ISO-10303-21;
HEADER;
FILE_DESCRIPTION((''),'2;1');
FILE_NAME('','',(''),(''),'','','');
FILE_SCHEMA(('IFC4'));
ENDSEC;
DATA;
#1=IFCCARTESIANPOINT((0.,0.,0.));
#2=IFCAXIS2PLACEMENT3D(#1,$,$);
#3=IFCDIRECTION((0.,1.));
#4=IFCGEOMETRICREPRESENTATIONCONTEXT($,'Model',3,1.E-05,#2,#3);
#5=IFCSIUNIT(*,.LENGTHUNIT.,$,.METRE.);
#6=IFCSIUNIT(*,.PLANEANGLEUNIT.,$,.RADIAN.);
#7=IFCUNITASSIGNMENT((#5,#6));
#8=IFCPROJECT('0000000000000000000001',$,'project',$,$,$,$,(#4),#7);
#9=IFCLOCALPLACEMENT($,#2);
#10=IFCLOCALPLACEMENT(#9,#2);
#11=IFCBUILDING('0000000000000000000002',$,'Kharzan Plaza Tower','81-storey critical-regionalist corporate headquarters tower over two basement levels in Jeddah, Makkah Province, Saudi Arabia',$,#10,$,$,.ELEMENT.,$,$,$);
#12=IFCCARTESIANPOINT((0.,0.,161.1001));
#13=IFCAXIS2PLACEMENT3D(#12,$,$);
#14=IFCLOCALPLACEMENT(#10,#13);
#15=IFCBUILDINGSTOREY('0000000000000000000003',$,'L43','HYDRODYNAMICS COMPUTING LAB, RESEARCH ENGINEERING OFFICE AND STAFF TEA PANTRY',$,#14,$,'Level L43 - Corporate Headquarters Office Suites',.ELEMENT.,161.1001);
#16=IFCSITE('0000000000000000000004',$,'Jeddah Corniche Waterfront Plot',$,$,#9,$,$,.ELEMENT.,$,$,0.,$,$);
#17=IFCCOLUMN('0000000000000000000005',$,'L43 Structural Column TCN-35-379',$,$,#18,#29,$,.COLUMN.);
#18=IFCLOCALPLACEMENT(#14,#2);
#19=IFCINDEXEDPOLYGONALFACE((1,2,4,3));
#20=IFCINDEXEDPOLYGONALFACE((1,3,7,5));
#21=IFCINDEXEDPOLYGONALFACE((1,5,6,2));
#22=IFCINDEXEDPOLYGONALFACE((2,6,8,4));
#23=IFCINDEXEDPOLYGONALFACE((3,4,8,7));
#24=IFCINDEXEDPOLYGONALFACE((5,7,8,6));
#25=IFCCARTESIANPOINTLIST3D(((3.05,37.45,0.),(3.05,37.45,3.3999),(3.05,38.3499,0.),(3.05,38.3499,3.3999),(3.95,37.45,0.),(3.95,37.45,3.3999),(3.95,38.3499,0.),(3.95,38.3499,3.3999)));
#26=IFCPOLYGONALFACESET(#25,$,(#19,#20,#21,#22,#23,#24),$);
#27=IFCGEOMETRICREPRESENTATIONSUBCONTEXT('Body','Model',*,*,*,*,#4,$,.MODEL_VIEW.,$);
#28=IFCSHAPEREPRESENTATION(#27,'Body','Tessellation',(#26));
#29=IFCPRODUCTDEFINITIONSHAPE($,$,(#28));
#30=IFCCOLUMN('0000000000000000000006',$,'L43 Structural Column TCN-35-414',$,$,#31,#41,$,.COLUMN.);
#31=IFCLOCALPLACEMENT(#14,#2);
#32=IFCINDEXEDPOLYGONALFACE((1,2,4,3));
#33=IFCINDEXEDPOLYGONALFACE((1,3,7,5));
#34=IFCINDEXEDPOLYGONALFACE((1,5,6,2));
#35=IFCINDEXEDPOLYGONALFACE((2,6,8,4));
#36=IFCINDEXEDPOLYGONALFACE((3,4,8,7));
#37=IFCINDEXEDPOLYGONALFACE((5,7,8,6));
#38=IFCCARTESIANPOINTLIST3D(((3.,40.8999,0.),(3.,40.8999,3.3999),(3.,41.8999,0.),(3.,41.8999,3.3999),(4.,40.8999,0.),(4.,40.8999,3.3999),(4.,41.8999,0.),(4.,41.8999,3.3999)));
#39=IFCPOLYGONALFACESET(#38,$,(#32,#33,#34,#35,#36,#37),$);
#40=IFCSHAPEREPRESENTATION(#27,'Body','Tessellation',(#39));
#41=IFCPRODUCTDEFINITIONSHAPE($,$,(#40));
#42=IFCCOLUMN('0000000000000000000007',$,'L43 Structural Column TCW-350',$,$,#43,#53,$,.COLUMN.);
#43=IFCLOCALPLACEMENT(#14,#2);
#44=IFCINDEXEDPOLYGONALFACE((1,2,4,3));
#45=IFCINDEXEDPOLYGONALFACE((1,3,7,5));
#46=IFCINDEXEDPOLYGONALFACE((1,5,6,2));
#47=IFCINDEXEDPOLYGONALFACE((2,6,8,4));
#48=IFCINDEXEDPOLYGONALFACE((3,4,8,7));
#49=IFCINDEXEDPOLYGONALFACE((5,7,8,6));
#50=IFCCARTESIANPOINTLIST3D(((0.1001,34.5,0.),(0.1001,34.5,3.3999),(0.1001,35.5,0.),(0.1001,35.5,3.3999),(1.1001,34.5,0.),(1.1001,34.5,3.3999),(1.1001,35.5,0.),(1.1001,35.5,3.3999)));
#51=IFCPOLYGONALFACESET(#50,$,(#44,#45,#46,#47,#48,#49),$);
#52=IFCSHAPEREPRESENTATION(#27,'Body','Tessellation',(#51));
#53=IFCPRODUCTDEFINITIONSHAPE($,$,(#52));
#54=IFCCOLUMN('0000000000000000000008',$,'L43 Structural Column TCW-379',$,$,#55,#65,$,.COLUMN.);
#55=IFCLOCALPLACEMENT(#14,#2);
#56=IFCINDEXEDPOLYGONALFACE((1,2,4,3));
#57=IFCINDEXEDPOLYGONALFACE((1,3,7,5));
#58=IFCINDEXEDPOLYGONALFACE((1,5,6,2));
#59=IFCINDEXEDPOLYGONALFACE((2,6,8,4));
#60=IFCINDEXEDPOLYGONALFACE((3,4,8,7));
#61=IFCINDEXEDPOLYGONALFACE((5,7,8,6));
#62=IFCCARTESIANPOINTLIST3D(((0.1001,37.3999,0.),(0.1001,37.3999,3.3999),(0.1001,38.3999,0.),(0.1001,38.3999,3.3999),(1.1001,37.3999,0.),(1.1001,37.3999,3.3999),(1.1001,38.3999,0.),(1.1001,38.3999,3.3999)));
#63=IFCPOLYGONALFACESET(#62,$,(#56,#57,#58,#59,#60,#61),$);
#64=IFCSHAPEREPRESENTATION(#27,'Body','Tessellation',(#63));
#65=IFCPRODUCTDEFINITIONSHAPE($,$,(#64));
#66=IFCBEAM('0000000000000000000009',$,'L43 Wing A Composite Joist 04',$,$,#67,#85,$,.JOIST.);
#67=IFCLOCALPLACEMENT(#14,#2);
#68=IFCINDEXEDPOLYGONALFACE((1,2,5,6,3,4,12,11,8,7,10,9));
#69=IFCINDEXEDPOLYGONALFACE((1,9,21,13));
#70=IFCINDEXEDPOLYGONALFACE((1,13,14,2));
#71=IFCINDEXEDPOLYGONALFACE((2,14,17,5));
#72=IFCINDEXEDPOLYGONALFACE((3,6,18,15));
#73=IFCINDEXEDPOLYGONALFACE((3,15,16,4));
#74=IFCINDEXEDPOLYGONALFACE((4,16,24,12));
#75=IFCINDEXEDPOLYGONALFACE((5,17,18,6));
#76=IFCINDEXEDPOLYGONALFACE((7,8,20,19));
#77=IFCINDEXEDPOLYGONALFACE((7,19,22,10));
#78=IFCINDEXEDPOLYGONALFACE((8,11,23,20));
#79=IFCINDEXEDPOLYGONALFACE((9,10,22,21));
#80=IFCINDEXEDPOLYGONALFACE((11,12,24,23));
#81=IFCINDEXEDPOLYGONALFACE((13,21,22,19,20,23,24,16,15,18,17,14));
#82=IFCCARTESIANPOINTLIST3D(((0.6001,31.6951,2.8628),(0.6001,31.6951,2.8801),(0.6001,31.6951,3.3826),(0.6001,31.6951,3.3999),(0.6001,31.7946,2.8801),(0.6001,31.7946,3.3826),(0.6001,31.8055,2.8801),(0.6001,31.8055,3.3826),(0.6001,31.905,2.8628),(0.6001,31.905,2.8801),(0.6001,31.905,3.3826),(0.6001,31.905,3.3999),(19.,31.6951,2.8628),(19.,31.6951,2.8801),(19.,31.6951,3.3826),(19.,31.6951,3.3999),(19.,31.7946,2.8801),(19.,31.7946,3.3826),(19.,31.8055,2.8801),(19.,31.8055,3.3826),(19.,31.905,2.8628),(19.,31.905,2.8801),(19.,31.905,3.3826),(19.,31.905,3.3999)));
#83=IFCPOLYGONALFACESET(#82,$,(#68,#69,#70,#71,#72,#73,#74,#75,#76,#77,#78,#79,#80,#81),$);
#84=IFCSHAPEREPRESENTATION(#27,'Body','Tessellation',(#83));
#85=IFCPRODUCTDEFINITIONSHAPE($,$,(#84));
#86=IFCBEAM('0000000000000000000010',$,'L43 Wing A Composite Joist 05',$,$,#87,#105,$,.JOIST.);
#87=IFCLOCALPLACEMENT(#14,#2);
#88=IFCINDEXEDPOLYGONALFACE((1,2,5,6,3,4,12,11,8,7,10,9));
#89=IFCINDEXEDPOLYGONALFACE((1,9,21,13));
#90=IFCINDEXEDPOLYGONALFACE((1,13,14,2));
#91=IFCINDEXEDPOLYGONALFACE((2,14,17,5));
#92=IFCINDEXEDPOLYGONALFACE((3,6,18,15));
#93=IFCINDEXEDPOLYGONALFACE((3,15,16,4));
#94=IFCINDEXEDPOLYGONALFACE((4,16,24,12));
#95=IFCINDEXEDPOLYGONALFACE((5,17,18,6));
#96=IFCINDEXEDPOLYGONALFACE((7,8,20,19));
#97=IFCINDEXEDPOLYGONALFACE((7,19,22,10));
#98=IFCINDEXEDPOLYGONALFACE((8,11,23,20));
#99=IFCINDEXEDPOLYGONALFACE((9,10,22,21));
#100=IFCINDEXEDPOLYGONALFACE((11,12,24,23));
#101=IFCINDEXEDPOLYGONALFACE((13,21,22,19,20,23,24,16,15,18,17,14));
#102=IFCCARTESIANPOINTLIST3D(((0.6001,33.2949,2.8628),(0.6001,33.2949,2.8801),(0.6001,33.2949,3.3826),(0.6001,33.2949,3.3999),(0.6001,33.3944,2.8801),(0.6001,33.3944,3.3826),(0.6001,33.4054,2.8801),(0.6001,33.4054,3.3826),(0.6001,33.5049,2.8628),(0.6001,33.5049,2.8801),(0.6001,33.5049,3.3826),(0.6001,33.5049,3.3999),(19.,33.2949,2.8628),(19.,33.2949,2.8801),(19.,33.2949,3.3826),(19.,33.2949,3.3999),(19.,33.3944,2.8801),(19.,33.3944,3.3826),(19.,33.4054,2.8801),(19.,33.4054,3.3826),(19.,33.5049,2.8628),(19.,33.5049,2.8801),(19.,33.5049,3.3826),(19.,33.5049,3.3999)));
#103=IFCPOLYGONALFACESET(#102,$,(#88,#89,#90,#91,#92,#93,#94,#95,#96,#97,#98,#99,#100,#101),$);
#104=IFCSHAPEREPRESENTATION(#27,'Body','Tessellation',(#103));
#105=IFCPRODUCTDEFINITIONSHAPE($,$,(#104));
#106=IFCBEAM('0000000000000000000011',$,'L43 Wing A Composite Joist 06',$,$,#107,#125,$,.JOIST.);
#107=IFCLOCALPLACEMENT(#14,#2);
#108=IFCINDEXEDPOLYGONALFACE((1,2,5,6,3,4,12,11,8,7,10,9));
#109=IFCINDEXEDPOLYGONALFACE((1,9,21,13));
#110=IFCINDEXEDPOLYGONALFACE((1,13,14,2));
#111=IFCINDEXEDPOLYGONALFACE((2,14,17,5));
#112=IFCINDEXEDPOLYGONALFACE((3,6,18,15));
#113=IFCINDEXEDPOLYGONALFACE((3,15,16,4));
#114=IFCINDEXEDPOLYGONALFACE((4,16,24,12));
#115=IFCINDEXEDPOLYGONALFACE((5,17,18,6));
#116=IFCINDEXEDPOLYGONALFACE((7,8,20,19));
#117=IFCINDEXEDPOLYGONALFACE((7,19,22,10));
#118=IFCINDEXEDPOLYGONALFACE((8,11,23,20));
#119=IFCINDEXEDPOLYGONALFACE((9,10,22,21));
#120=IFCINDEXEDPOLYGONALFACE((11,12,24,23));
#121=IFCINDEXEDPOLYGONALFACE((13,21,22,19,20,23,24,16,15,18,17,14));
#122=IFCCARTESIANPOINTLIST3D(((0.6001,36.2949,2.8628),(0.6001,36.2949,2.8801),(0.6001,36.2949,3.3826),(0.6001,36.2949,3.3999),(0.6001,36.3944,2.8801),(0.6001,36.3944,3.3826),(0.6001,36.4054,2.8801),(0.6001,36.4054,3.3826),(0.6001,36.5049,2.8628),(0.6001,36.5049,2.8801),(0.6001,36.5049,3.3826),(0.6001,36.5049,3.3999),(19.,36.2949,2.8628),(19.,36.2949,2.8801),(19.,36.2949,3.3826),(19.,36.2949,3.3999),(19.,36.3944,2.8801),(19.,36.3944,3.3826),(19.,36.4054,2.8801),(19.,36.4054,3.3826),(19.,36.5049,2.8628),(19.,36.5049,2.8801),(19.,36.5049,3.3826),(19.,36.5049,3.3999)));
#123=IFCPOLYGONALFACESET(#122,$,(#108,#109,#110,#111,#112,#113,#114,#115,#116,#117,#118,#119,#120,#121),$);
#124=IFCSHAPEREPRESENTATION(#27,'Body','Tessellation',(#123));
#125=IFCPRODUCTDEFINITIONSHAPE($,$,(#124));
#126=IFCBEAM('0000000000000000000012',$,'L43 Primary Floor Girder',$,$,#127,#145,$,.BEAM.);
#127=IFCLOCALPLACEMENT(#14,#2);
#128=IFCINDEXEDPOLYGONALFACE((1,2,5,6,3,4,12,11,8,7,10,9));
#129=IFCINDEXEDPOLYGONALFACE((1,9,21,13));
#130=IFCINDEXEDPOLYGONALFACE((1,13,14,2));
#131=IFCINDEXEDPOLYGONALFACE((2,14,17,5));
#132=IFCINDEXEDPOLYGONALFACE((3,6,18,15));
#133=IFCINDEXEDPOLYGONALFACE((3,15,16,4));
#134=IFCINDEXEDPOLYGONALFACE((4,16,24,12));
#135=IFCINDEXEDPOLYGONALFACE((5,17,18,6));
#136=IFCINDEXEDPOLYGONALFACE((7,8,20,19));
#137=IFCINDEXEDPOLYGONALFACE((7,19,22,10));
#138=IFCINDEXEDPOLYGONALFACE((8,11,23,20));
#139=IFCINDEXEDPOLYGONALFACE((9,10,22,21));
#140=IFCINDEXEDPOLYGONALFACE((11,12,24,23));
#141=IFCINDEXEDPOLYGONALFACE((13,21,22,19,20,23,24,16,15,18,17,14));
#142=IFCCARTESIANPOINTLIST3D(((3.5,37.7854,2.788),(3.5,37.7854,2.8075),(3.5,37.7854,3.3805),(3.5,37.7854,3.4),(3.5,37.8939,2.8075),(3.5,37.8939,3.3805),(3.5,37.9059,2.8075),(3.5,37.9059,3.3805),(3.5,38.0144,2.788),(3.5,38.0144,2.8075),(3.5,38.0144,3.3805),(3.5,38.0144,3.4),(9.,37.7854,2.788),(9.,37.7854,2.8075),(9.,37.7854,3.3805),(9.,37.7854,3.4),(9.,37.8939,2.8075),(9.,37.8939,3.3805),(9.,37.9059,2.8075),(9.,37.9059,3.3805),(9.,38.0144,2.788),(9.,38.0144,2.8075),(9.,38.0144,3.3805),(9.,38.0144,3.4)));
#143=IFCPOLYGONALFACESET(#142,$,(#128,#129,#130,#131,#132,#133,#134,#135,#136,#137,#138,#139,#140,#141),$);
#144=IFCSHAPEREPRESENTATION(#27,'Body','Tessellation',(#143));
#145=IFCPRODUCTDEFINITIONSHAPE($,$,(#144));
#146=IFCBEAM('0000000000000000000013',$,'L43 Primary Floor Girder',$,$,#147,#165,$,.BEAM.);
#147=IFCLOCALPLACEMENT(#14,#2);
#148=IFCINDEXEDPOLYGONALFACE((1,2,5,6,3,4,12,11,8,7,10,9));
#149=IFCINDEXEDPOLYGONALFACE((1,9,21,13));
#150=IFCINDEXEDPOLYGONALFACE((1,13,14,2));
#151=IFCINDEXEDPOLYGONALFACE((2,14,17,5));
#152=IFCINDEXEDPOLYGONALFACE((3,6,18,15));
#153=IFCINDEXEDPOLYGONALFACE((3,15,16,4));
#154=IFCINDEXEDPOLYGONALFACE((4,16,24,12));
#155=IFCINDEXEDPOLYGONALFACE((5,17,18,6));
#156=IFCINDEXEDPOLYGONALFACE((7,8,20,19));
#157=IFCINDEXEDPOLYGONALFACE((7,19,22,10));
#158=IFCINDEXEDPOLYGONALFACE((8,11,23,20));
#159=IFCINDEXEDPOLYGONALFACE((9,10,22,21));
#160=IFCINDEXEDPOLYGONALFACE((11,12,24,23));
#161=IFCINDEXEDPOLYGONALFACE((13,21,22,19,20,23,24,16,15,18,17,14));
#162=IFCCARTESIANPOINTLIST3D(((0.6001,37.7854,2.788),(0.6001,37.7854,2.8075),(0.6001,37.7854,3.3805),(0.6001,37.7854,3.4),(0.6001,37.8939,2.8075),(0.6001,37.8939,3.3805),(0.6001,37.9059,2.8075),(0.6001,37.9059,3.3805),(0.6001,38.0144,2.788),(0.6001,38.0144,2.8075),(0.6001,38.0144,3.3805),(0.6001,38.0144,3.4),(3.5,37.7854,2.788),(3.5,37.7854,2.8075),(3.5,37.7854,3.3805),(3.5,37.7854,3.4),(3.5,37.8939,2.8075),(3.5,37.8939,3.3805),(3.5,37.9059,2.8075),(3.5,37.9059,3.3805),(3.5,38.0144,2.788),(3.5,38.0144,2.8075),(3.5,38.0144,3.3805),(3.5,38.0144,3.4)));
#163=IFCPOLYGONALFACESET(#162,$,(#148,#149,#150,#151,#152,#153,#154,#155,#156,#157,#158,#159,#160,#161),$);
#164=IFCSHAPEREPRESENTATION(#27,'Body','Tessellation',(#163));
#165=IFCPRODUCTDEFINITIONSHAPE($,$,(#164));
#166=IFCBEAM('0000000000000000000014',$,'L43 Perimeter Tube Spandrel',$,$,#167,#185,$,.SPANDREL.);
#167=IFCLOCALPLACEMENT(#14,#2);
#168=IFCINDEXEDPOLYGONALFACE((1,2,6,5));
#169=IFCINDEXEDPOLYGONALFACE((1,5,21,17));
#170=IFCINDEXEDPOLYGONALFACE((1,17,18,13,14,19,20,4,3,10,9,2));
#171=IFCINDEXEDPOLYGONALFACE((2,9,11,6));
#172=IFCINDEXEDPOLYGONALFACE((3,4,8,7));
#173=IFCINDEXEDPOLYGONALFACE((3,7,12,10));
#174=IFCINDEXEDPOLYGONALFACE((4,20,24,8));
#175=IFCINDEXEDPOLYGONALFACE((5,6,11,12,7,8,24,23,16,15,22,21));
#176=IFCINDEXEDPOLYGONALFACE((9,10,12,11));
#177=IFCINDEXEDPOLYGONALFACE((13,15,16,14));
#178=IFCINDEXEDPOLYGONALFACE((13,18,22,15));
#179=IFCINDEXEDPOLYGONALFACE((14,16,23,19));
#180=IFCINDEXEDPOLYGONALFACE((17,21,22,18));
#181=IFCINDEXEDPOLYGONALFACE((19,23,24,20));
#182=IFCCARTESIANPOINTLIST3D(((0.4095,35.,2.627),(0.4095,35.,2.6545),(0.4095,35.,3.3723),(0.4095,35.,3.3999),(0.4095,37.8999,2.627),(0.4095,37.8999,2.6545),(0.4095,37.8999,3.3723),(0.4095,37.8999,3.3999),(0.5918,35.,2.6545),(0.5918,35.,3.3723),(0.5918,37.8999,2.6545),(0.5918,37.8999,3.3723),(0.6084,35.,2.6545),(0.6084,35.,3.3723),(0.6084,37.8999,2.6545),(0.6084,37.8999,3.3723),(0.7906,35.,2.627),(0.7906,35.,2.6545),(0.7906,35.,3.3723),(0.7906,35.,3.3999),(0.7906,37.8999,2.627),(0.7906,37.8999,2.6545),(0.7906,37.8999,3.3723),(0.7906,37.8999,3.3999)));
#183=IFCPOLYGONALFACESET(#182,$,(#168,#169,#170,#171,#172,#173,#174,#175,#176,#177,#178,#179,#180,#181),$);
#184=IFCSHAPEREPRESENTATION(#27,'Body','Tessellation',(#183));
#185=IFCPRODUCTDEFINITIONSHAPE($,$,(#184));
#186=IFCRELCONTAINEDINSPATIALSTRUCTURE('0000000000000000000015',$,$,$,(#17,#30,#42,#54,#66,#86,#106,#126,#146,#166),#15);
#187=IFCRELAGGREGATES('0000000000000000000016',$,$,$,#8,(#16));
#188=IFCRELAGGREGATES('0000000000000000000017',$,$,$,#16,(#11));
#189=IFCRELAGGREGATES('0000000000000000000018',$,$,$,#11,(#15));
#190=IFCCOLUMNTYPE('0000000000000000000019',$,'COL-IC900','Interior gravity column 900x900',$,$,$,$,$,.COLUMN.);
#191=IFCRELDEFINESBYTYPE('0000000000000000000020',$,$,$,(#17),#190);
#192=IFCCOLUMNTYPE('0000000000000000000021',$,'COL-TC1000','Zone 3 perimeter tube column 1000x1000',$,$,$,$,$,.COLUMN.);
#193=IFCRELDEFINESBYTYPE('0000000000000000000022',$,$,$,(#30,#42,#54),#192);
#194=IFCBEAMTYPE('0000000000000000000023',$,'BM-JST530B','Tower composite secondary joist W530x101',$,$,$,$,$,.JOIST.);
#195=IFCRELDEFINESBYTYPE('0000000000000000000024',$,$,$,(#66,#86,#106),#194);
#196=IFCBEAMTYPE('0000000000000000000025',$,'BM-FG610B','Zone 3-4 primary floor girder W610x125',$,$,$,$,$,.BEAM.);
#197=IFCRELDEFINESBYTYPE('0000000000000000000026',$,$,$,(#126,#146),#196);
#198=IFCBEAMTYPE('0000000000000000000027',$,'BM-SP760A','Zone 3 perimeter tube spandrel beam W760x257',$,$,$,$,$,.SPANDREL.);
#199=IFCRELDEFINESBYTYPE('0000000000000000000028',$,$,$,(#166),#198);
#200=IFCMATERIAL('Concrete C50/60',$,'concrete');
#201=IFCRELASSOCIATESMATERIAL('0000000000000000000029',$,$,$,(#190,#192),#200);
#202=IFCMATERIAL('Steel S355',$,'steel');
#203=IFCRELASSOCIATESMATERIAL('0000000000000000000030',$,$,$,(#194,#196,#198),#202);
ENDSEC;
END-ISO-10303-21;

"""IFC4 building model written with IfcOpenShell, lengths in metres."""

from ifc_helpers import new_model, si_unit, direction, frame, origin, origin_2d, place, context, subcontext, project, spatial, rectangle, i_section, extrude, source, transform, mapped, material, material_profile, profile_set, type_object, element, save


model = new_model("IFC4")

# Units and contexts
model_context = context("Model", 3, precision=1e-05, world=origin(), true_north=direction((0.0, 1.0)))
body_context = subcontext(model_context, "Body", "Model", "MODEL_VIEW")
ifc_project = project(units=[si_unit("LENGTHUNIT", "METRE"), si_unit("PLANEANGLEUNIT", "RADIAN")], contexts=[model_context])

# Site, building, storey
site_placement = place(None, origin())
site = spatial("IfcSite", under=ifc_project, at=site_placement, Name="Jeddah Corniche Waterfront Plot", CompositionType="ELEMENT", RefElevation=0.0)
building_placement = place(site_placement, origin())
building = spatial("IfcBuilding", under=site, at=building_placement, Name="Kharzan Plaza Tower", Description="81-storey critical-regionalist corporate headquarters tower over two basement levels in Jeddah, Makkah Province, Saudi Arabia", CompositionType="ELEMENT")
storey_placement = place(building_placement, frame((0.0, 0.0, 161.1001)))
storey = spatial("IfcBuildingStorey", under=building, at=storey_placement, Name="L43", Description="HYDRODYNAMICS COMPUTING LAB, RESEARCH ENGINEERING OFFICE AND STAFF TEA PANTRY", LongName="Level L43 - Corporate Headquarters Office Suites", CompositionType="ELEMENT", Elevation=161.1001)

# Columns
ifc_material_1 = material(Name="Concrete C50/60", Category="concrete")
ifc_material_profile_1 = material_profile(ifc_material_1, rectangle(XDim=0.8999, YDim=0.8999, at=origin_2d()), Name="RC-IC900x900")
ifc_profile_set_1 = profile_set([ifc_material_profile_1], Name="Concrete C50/60")
column_type_1 = type_object("IfcColumnType", Name="COL-IC900", Description="Interior gravity column 900x900", PredefinedType="COLUMN", material=ifc_profile_set_1)
shared_shape_1 = source(origin(), body_context, "Body", "SweptSolid", [
    extrude(rectangle(XDim=0.8999, YDim=0.8999, at=origin_2d()), origin(), (0.0, 0.0, 1.0), 3.3999),
])
column_placement = place(storey_placement, frame((3.5, 37.8999, 0.0), z_axis=(0.0, 0.0, 1.0), x_axis=(1.0, 0.0, 0.0)))
element("IfcColumn", 1, at=column_placement, inside=storey, type_object=column_type_1, Name="L43 Structural Column TCN-35-379", PredefinedType="COLUMN", context=body_context, shape_type="MappedRepresentation", body=[
    mapped(shared_shape_1, transform((0.0, 0.0, 0.0), x_axis=(1.0, 0.0, 0.0), y_axis=(0.0, 1.0, 0.0), z_axis=(0.0, 0.0, 1.0))),
])
ifc_material_profile_2 = material_profile(ifc_material_1, rectangle(XDim=1.0, YDim=1.0, at=origin_2d()), Name="RC-TC1000x1000")
ifc_profile_set_2 = profile_set([ifc_material_profile_2], Name="Concrete C50/60")
column_type_2 = type_object("IfcColumnType", Name="COL-TC1000", Description="Zone 3 perimeter tube column 1000x1000", PredefinedType="COLUMN", material=ifc_profile_set_2)
shared_shape_2 = source(origin(), body_context, "Body", "SweptSolid", [
    extrude(rectangle(XDim=1.0, YDim=1.0, at=origin_2d()), origin(), (0.0, 0.0, 1.0), 3.3999),
])
for number, where, z_axis, x_axis, name in (
    (2, (3.5, 41.3999, 0.0), (0.0, 0.0, 1.0), (1.0, 0.0, 0.0), "L43 Structural Column TCN-35-414"),
    (3, (0.6001, 35.0, 0.0), (0.0, 0.0, 1.0), (1.0, 0.0, 0.0), "L43 Structural Column TCW-350"),
    (4, (0.6001, 37.8999, 0.0), (0.0, 0.0, 1.0), (1.0, 0.0, 0.0), "L43 Structural Column TCW-379"),
):
    element("IfcColumn", number, at=place(storey_placement, frame(where, z_axis=z_axis, x_axis=x_axis)), inside=storey, type_object=column_type_2, Name=name, PredefinedType="COLUMN", context=body_context, shape_type="MappedRepresentation", body=[
        mapped(shared_shape_2, transform((0.0, 0.0, 0.0), x_axis=(1.0, 0.0, 0.0), y_axis=(0.0, 1.0, 0.0), z_axis=(0.0, 0.0, 1.0))),
    ])

# Beams
ifc_material_2 = material(Name="Steel S355", Category="steel")
ifc_material_profile_3 = material_profile(ifc_material_2, i_section(OverallWidth=0.21, OverallDepth=0.5371, WebThickness=0.011, FlangeThickness=0.0173, at=origin_2d()), Name="W530x101")
ifc_profile_set_3 = profile_set([ifc_material_profile_3], Name="Steel S355")
beam_type_1 = type_object("IfcBeamType", Name="BM-JST530B", Description="Tower composite secondary joist W530x101", PredefinedType="JOIST", material=ifc_profile_set_3)
shared_shape_3 = source(origin(), body_context, "Body", "SweptSolid", [
    extrude(i_section(OverallWidth=0.21, OverallDepth=0.5371, WebThickness=0.011, FlangeThickness=0.0173, at=origin_2d()), origin(), (0.0, 0.0, 1.0), 18.3999),
])
for number, where, z_axis, x_axis, name in (
    (5, (0.6001, 31.8, 3.1313), (1.0, 0.0, 0.0), (0.0, 1.0, 0.0), "L43 Wing A Composite Joist 04"),
    (6, (0.6001, 33.3999, 3.1313), (1.0, 0.0, 0.0), (0.0, 1.0, 0.0), "L43 Wing A Composite Joist 05"),
    (7, (0.6001, 36.3999, 3.1313), (1.0, 0.0, 0.0), (0.0, 1.0, 0.0), "L43 Wing A Composite Joist 06"),
):
    element("IfcBeam", number, at=place(storey_placement, frame(where, z_axis=z_axis, x_axis=x_axis)), inside=storey, type_object=beam_type_1, Name=name, PredefinedType="JOIST", context=body_context, shape_type="MappedRepresentation", body=[
        mapped(shared_shape_3, transform((0.0, 0.0, 0.0), x_axis=(1.0, 0.0, 0.0), y_axis=(0.0, 1.0, 0.0), z_axis=(0.0, 0.0, 1.0))),
    ])
ifc_material_profile_4 = material_profile(ifc_material_2, i_section(OverallWidth=0.229, OverallDepth=0.6121, WebThickness=0.012, FlangeThickness=0.0195, at=origin_2d()), Name="W610x125")
ifc_profile_set_4 = profile_set([ifc_material_profile_4], Name="Steel S355")
beam_type_2 = type_object("IfcBeamType", Name="BM-FG610B", Description="Zone 3-4 primary floor girder W610x125", PredefinedType="BEAM", material=ifc_profile_set_4)
shared_shape_4 = source(origin(), body_context, "Body", "SweptSolid", [
    extrude(i_section(OverallWidth=0.229, OverallDepth=0.6121, WebThickness=0.012, FlangeThickness=0.0195, at=origin_2d()), origin(), (0.0, 0.0, 1.0), 5.5),
])
beam_1_placement = place(storey_placement, frame((3.5, 37.8999, 3.094), z_axis=(1.0, 0.0, 0.0), x_axis=(0.0, 1.0, 0.0)))
element("IfcBeam", 8, at=beam_1_placement, inside=storey, type_object=beam_type_2, Name="L43 Primary Floor Girder", PredefinedType="BEAM", context=body_context, shape_type="MappedRepresentation", body=[
    mapped(shared_shape_4, transform((0.0, 0.0, 0.0), x_axis=(1.0, 0.0, 0.0), y_axis=(0.0, 1.0, 0.0), z_axis=(0.0, 0.0, 1.0))),
])
shared_shape_5 = source(origin(), body_context, "Body", "SweptSolid", [
    extrude(i_section(OverallWidth=0.229, OverallDepth=0.6121, WebThickness=0.012, FlangeThickness=0.0195, at=origin_2d()), origin(), (0.0, 0.0, 1.0), 2.8999),
])
beam_2_placement = place(storey_placement, frame((0.6001, 37.8999, 3.094), z_axis=(1.0, 0.0, 0.0), x_axis=(0.0, 1.0, 0.0)))
element("IfcBeam", 9, at=beam_2_placement, inside=storey, type_object=beam_type_2, Name="L43 Primary Floor Girder", PredefinedType="BEAM", context=body_context, shape_type="MappedRepresentation", body=[
    mapped(shared_shape_5, transform((0.0, 0.0, 0.0), x_axis=(1.0, 0.0, 0.0), y_axis=(0.0, 1.0, 0.0), z_axis=(0.0, 0.0, 1.0))),
])
ifc_material_profile_5 = material_profile(ifc_material_2, i_section(OverallWidth=0.3811, OverallDepth=0.7729, WebThickness=0.0166, FlangeThickness=0.0276, at=origin_2d()), Name="W760x257")
ifc_profile_set_5 = profile_set([ifc_material_profile_5], Name="Steel S355")
beam_type_3 = type_object("IfcBeamType", Name="BM-SP760A", Description="Zone 3 perimeter tube spandrel beam W760x257", PredefinedType="SPANDREL", material=ifc_profile_set_5)
shared_shape_6 = source(origin(), body_context, "Body", "SweptSolid", [
    extrude(i_section(OverallWidth=0.3811, OverallDepth=0.7729, WebThickness=0.0166, FlangeThickness=0.0276, at=origin_2d()), origin(), (0.0, 0.0, 1.0), 2.8999),
])
beam_3_placement = place(storey_placement, frame((0.6001, 35.0, 3.0134), z_axis=(0.0, 1.0, 0.0), x_axis=(-1.0, 0.0, 0.0)))
element("IfcBeam", 10, at=beam_3_placement, inside=storey, type_object=beam_type_3, Name="L43 Perimeter Tube Spandrel", PredefinedType="SPANDREL", context=body_context, shape_type="MappedRepresentation", body=[
    mapped(shared_shape_6, transform((0.0, 0.0, 0.0), x_axis=(1.0, 0.0, 0.0), y_axis=(0.0, 1.0, 0.0), z_axis=(0.0, 0.0, 1.0))),
])

save(model, "model.ifc")
